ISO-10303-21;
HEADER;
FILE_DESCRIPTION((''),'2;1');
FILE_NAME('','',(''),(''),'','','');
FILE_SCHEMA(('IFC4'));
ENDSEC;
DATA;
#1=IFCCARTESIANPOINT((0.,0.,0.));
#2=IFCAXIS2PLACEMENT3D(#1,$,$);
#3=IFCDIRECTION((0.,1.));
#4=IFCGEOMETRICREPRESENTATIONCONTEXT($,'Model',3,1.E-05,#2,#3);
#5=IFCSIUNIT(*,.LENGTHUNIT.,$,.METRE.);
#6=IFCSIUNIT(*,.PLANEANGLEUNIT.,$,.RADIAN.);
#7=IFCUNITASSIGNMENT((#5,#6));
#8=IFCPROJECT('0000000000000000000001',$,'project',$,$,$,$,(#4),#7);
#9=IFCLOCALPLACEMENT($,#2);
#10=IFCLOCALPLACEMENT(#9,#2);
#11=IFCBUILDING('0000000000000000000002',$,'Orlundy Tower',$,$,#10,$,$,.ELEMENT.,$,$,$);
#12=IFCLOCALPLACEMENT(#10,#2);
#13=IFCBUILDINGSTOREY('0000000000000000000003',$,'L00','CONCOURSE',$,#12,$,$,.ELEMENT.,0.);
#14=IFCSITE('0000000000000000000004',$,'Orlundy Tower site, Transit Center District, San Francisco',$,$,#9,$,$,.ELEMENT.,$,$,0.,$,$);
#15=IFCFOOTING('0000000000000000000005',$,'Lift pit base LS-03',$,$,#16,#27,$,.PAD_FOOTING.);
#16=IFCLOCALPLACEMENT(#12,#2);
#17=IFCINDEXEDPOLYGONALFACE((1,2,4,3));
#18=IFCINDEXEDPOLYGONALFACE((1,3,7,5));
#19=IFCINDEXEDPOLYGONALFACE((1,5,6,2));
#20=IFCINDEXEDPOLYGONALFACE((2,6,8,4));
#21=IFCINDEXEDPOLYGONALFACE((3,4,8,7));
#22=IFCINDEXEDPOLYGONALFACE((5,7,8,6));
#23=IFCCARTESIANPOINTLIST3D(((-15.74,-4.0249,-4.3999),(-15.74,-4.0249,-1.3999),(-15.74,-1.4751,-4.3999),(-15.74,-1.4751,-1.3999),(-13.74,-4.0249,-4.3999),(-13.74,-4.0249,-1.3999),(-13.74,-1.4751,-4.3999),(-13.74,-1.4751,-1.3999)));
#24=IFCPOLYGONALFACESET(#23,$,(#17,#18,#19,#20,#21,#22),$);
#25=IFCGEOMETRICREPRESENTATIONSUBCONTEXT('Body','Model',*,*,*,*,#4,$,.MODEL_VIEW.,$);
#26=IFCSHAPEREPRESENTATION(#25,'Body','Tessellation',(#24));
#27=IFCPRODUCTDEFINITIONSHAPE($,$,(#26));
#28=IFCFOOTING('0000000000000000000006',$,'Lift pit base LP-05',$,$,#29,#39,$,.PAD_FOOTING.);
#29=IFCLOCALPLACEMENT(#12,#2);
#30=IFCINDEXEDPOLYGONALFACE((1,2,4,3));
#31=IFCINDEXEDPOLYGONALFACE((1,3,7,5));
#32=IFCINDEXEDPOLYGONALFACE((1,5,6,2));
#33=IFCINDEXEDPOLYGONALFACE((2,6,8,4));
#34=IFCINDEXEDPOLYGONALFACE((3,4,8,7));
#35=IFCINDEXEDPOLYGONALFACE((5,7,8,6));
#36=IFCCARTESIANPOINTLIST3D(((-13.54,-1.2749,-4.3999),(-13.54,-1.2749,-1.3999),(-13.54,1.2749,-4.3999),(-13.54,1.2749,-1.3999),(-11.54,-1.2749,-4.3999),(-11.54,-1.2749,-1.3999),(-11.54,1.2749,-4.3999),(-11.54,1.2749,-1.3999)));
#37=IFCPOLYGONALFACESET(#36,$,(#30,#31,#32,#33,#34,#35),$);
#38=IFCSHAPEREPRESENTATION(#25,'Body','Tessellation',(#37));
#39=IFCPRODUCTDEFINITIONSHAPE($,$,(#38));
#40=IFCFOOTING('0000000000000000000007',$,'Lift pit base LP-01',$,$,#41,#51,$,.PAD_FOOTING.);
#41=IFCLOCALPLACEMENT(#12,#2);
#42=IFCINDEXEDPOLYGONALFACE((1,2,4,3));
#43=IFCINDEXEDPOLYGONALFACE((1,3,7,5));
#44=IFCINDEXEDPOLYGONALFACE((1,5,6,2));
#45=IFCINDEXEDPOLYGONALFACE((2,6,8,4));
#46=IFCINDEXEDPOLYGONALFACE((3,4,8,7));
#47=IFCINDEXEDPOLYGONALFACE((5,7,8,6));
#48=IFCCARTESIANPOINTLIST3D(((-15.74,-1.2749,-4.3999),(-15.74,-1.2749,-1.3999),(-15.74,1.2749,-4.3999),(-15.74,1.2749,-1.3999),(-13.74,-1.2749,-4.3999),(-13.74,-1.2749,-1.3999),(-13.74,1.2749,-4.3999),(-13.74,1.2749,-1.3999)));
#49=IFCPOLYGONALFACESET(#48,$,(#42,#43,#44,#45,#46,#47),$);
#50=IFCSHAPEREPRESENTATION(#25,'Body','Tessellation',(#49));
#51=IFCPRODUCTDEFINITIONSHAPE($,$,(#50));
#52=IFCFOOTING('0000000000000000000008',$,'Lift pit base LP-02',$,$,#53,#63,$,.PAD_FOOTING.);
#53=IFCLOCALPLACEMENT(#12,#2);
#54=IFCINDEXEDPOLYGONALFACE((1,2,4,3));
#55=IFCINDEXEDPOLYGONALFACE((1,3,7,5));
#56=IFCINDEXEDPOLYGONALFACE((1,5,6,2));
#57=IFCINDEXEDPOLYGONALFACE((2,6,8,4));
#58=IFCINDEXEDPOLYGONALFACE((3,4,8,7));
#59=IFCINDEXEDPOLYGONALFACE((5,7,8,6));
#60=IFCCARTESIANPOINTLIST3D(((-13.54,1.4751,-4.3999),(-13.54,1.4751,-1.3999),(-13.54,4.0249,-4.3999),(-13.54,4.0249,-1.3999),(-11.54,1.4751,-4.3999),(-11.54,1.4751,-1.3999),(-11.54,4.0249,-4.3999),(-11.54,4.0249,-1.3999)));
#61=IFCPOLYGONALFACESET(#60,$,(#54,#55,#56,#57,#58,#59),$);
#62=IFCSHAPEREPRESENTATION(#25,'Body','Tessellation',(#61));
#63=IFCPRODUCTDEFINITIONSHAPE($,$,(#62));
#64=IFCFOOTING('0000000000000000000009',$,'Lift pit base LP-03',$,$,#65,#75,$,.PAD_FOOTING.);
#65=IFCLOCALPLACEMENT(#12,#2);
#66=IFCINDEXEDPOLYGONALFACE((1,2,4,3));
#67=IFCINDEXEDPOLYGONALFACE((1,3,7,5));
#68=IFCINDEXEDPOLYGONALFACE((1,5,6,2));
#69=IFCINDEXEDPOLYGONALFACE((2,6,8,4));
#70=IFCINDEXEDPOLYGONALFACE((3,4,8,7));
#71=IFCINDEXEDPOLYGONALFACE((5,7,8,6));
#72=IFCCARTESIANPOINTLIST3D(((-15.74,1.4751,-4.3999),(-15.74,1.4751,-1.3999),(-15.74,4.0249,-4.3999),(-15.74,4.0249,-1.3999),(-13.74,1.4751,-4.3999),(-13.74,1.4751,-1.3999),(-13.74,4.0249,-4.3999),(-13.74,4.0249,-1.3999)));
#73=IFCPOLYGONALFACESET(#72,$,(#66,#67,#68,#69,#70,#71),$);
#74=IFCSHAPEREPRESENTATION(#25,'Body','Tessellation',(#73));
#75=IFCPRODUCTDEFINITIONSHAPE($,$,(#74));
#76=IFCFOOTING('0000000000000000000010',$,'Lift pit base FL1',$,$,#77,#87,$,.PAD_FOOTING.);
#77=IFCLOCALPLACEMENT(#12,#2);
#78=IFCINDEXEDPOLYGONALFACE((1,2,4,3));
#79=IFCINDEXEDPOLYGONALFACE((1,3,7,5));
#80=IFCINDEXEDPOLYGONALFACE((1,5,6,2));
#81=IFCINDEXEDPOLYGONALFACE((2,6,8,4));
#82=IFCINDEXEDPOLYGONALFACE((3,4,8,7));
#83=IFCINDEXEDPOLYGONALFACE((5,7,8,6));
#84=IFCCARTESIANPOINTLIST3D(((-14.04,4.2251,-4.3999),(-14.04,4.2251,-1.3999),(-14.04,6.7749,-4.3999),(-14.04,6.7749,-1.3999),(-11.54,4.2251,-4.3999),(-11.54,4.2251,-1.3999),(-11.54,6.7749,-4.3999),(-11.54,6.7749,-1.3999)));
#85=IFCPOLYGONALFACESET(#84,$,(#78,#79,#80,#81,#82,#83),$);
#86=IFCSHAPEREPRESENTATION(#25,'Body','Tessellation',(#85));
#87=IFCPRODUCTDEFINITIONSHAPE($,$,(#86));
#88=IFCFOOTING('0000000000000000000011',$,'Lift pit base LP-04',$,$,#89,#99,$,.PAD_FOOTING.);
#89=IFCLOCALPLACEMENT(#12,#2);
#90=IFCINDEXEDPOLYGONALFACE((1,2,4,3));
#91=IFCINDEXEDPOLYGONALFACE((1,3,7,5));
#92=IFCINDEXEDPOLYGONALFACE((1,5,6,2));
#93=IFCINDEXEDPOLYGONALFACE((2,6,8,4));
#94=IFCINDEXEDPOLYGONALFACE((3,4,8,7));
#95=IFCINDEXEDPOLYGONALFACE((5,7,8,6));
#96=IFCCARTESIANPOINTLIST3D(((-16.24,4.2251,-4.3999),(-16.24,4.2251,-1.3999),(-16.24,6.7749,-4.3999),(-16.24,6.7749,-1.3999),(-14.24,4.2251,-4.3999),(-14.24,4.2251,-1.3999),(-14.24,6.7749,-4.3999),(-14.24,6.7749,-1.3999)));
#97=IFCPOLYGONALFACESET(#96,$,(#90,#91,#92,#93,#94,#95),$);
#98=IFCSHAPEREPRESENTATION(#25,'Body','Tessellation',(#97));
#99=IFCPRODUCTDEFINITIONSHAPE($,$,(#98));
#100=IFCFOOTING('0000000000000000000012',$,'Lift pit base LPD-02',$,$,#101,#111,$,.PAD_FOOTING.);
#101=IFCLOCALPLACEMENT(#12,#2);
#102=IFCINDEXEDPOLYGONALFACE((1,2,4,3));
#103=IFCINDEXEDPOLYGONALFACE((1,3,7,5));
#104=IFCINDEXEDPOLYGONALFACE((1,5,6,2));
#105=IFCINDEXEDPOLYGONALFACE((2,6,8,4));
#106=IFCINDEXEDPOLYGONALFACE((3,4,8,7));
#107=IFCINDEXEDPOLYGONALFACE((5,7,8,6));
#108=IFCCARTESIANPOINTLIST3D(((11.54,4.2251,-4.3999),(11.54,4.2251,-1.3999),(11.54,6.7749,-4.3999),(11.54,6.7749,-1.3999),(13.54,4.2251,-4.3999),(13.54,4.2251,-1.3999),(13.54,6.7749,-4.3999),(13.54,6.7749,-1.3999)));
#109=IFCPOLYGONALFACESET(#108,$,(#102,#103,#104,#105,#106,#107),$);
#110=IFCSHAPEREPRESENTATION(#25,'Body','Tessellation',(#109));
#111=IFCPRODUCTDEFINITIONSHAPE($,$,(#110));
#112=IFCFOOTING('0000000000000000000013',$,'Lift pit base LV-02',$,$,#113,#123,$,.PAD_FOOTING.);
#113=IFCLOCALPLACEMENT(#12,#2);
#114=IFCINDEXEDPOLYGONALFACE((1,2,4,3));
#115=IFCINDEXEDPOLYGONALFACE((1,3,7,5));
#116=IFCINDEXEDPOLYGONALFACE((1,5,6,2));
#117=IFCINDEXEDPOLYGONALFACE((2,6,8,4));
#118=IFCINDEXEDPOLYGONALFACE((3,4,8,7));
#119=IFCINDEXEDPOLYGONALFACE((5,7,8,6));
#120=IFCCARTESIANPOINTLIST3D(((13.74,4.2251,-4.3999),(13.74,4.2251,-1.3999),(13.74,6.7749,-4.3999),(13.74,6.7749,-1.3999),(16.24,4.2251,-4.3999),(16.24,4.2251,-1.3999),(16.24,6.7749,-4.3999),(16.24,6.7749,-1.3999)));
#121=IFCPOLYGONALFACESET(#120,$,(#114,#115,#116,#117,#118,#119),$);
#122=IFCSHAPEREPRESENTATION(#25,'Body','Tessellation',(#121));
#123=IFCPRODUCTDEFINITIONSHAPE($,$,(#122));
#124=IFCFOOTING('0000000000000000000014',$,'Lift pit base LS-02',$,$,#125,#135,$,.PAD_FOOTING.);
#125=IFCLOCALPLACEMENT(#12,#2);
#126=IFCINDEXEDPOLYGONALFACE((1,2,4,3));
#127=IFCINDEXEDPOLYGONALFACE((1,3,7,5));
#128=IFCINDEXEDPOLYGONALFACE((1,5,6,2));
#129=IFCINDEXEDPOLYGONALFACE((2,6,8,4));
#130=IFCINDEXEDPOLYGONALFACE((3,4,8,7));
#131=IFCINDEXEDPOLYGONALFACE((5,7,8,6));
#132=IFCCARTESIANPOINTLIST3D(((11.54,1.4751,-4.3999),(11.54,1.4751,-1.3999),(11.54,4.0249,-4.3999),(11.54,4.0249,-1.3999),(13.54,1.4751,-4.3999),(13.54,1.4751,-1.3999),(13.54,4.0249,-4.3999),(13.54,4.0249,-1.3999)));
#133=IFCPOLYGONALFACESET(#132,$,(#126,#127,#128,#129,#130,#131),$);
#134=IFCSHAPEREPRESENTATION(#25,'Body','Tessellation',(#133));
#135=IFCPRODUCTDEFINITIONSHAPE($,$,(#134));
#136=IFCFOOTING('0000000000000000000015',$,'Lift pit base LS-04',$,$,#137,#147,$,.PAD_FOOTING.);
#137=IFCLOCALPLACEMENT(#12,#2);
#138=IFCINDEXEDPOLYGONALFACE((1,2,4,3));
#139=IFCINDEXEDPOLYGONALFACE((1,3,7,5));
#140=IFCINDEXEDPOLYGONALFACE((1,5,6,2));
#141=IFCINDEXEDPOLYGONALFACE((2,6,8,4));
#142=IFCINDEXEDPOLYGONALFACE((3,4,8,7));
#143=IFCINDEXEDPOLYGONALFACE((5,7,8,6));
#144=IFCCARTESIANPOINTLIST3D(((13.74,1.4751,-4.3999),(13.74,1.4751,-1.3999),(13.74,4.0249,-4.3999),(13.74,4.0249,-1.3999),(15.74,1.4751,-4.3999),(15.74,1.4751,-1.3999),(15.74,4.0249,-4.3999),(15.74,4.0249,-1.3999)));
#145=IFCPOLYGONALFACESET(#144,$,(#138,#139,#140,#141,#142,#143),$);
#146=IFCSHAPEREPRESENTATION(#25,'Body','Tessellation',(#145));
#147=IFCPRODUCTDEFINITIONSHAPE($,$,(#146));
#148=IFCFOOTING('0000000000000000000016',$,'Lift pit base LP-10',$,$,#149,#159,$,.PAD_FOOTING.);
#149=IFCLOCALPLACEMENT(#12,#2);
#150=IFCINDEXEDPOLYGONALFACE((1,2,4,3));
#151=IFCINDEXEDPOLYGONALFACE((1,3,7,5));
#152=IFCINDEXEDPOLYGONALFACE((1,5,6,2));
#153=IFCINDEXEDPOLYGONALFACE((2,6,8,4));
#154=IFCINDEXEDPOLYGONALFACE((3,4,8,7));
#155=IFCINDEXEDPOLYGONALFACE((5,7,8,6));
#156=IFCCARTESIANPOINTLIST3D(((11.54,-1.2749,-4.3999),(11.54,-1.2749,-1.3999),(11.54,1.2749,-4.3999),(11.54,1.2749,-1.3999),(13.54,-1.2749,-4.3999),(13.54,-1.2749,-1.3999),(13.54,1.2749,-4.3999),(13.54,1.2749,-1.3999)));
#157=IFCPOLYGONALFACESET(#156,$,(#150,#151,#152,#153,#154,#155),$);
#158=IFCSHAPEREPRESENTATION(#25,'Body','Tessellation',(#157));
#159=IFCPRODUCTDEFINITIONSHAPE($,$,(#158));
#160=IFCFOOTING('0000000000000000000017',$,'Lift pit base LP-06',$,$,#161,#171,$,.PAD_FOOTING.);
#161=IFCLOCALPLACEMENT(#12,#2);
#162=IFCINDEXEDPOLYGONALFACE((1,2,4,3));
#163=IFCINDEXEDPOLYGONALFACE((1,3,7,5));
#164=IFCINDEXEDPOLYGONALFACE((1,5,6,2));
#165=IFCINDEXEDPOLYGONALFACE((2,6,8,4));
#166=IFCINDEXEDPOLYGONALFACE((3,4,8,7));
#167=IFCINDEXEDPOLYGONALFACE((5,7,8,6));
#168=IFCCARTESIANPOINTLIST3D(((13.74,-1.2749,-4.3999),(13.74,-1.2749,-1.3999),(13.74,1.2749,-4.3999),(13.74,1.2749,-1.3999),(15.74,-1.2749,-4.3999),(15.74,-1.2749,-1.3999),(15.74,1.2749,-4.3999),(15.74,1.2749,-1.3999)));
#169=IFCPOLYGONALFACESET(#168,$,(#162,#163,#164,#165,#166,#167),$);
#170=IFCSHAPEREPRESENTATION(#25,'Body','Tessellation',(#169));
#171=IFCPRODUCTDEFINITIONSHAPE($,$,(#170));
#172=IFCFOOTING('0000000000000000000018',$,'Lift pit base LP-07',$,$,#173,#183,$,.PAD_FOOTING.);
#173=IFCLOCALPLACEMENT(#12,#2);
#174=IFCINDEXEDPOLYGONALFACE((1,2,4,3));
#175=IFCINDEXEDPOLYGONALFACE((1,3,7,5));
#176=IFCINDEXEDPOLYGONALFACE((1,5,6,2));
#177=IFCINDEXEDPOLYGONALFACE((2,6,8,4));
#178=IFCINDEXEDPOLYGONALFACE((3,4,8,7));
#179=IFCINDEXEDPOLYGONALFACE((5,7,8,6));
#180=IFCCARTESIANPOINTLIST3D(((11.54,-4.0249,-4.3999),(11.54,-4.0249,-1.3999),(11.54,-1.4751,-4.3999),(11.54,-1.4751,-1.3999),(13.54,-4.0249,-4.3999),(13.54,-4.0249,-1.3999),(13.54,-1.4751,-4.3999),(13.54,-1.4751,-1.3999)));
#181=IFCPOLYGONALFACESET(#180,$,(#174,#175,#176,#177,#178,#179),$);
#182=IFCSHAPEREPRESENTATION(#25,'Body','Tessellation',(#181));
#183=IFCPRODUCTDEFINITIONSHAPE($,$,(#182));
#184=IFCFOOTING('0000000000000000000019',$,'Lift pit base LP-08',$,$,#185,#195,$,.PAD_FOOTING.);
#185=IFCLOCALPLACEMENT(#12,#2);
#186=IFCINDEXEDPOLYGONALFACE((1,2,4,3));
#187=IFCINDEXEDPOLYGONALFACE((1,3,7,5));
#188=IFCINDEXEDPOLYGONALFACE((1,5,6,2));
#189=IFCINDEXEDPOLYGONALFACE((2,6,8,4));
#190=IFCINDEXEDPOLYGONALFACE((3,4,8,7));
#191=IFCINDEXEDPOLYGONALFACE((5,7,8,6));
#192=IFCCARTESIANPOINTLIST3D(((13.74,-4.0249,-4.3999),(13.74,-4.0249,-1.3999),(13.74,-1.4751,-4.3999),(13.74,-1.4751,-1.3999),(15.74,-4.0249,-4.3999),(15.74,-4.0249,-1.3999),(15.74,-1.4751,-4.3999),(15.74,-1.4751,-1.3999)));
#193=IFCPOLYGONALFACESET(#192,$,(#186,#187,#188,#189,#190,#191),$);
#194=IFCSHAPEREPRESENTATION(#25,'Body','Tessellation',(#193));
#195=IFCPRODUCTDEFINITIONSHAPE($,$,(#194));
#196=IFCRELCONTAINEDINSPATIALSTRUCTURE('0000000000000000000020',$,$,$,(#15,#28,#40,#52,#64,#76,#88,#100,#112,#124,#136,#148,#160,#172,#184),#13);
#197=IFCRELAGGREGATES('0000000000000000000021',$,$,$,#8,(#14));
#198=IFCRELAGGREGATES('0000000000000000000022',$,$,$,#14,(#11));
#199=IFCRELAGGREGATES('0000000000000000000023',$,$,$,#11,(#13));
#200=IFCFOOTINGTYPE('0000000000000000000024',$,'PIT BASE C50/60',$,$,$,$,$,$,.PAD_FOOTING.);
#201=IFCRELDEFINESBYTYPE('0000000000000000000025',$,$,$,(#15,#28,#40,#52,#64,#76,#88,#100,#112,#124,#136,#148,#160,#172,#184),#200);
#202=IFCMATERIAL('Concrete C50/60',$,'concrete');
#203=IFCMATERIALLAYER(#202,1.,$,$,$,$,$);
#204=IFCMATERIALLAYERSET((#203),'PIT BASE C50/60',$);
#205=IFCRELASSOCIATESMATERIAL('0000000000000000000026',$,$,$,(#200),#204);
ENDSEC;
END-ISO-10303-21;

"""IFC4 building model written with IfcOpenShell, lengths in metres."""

from ifc_helpers import new_model, si_unit, direction, frame, origin, place, context, subcontext, project, spatial, polyline, outline, extrude, material, layer, layer_set, type_object, element, save


model = new_model("IFC4")

# Units and contexts
model_context = context("Model", 3, precision=1e-05, world=origin(), true_north=direction((0.0, 1.0)))
body_context = subcontext(model_context, "Body", "Model", "MODEL_VIEW")
ifc_project = project(units=[si_unit("LENGTHUNIT", "METRE"), si_unit("PLANEANGLEUNIT", "RADIAN")], contexts=[model_context])

# Site, building, storey
site_placement = place(None, origin())
site = spatial("IfcSite", under=ifc_project, at=site_placement, Name="Orlundy Tower site, Transit Center District, San Francisco", CompositionType="ELEMENT", RefElevation=0.0)
building_placement = place(site_placement, origin())
building = spatial("IfcBuilding", under=site, at=building_placement, Name="Orlundy Tower", CompositionType="ELEMENT")
storey_placement = place(building_placement, origin())
storey = spatial("IfcBuildingStorey", under=building, at=storey_placement, Name="L00", Description="CONCOURSE", CompositionType="ELEMENT", Elevation=0.0)

# Footings
ifc_material_1 = material(Name="Concrete C50/60", Category="concrete")
ifc_layer_1 = layer(ifc_material_1, 1.0)
ifc_layer_set_1 = layer_set([ifc_layer_1], Name="PIT BASE C50/60")
footing_type_1 = type_object("IfcFootingType", Name="PIT BASE C50/60", PredefinedType="PAD_FOOTING", material=ifc_layer_set_1)
footing_1_placement = place(storey_placement, frame((0.0, 0.0, -4.3999)))
element("IfcFooting", 1, at=footing_1_placement, inside=storey, type_object=footing_type_1, Name="Lift pit base LS-03", PredefinedType="PAD_FOOTING", context=body_context, shape_type="SweptSolid", body=[
    extrude(outline(polyline([(-13.74, -4.0249), (-15.74, -4.0249), (-15.74, -1.4751), (-13.74, -1.4751), (-13.74, -4.0249)])), origin(), (0.0, 0.0, 1.0), 3.0),
])
footing_2_placement = place(storey_placement, frame((0.0, 0.0, -4.3999)))
element("IfcFooting", 2, at=footing_2_placement, inside=storey, type_object=footing_type_1, Name="Lift pit base LP-05", PredefinedType="PAD_FOOTING", context=body_context, shape_type="SweptSolid", body=[
    extrude(outline(polyline([(-11.54, -1.2749), (-13.54, -1.2749), (-13.54, 1.2749), (-11.54, 1.2749), (-11.54, -1.2749)])), origin(), (0.0, 0.0, 1.0), 3.0),
])
footing_3_placement = place(storey_placement, frame((0.0, 0.0, -4.3999)))
element("IfcFooting", 3, at=footing_3_placement, inside=storey, type_object=footing_type_1, Name="Lift pit base LP-01", PredefinedType="PAD_FOOTING", context=body_context, shape_type="SweptSolid", body=[
    extrude(outline(polyline([(-13.74, -1.2749), (-15.74, -1.2749), (-15.74, 1.2749), (-13.74, 1.2749), (-13.74, -1.2749)])), origin(), (0.0, 0.0, 1.0), 3.0),
])
footing_4_placement = place(storey_placement, frame((0.0, 0.0, -4.3999)))
element("IfcFooting", 4, at=footing_4_placement, inside=storey, type_object=footing_type_1, Name="Lift pit base LP-02", PredefinedType="PAD_FOOTING", context=body_context, shape_type="SweptSolid", body=[
    extrude(outline(polyline([(-11.54, 1.4751), (-13.54, 1.4751), (-13.54, 4.0249), (-11.54, 4.0249), (-11.54, 1.4751)])), origin(), (0.0, 0.0, 1.0), 3.0),
])
footing_5_placement = place(storey_placement, frame((0.0, 0.0, -4.3999)))
element("IfcFooting", 5, at=footing_5_placement, inside=storey, type_object=footing_type_1, Name="Lift pit base LP-03", PredefinedType="PAD_FOOTING", context=body_context, shape_type="SweptSolid", body=[
    extrude(outline(polyline([(-13.74, 1.4751), (-15.74, 1.4751), (-15.74, 4.0249), (-13.74, 4.0249), (-13.74, 1.4751)])), origin(), (0.0, 0.0, 1.0), 3.0),
])
footing_6_placement = place(storey_placement, frame((0.0, 0.0, -4.3999)))
element("IfcFooting", 6, at=footing_6_placement, inside=storey, type_object=footing_type_1, Name="Lift pit base FL1", PredefinedType="PAD_FOOTING", context=body_context, shape_type="SweptSolid", body=[
    extrude(outline(polyline([(-11.54, 4.2251), (-14.04, 4.2251), (-14.04, 6.7749), (-11.54, 6.7749), (-11.54, 4.2251)])), origin(), (0.0, 0.0, 1.0), 3.0),
])
footing_7_placement = place(storey_placement, frame((0.0, 0.0, -4.3999)))
element("IfcFooting", 7, at=footing_7_placement, inside=storey, type_object=footing_type_1, Name="Lift pit base LP-04", PredefinedType="PAD_FOOTING", context=body_context, shape_type="SweptSolid", body=[
    extrude(outline(polyline([(-14.24, 4.2251), (-16.24, 4.2251), (-16.24, 6.7749), (-14.24, 6.7749), (-14.24, 4.2251)])), origin(), (0.0, 0.0, 1.0), 3.0),
])
footing_8_placement = place(storey_placement, frame((0.0, 0.0, -4.3999)))
element("IfcFooting", 8, at=footing_8_placement, inside=storey, type_object=footing_type_1, Name="Lift pit base LPD-02", PredefinedType="PAD_FOOTING", context=body_context, shape_type="SweptSolid", body=[
    extrude(outline(polyline([(11.54, 6.7749), (13.54, 6.7749), (13.54, 4.2251), (11.54, 4.2251), (11.54, 6.7749)])), origin(), (0.0, 0.0, 1.0), 3.0),
])
footing_9_placement = place(storey_placement, frame((0.0, 0.0, -4.3999)))
element("IfcFooting", 9, at=footing_9_placement, inside=storey, type_object=footing_type_1, Name="Lift pit base LV-02", PredefinedType="PAD_FOOTING", context=body_context, shape_type="SweptSolid", body=[
    extrude(outline(polyline([(13.74, 6.7749), (16.24, 6.7749), (16.24, 4.2251), (13.74, 4.2251), (13.74, 6.7749)])), origin(), (0.0, 0.0, 1.0), 3.0),
])
footing_10_placement = place(storey_placement, frame((0.0, 0.0, -4.3999)))
element("IfcFooting", 10, at=footing_10_placement, inside=storey, type_object=footing_type_1, Name="Lift pit base LS-02", PredefinedType="PAD_FOOTING", context=body_context, shape_type="SweptSolid", body=[
    extrude(outline(polyline([(11.54, 4.0249), (13.54, 4.0249), (13.54, 1.4751), (11.54, 1.4751), (11.54, 4.0249)])), origin(), (0.0, 0.0, 1.0), 3.0),
])
footing_11_placement = place(storey_placement, frame((0.0, 0.0, -4.3999)))
element("IfcFooting", 11, at=footing_11_placement, inside=storey, type_object=footing_type_1, Name="Lift pit base LS-04", PredefinedType="PAD_FOOTING", context=body_context, shape_type="SweptSolid", body=[
    extrude(outline(polyline([(13.74, 4.0249), (15.74, 4.0249), (15.74, 1.4751), (13.74, 1.4751), (13.74, 4.0249)])), origin(), (0.0, 0.0, 1.0), 3.0),
])
footing_12_placement = place(storey_placement, frame((0.0, 0.0, -4.3999)))
element("IfcFooting", 12, at=footing_12_placement, inside=storey, type_object=footing_type_1, Name="Lift pit base LP-10", PredefinedType="PAD_FOOTING", context=body_context, shape_type="SweptSolid", body=[
    extrude(outline(polyline([(11.54, 1.2749), (13.54, 1.2749), (13.54, -1.2749), (11.54, -1.2749), (11.54, 1.2749)])), origin(), (0.0, 0.0, 1.0), 3.0),
])
footing_13_placement = place(storey_placement, frame((0.0, 0.0, -4.3999)))
element("IfcFooting", 13, at=footing_13_placement, inside=storey, type_object=footing_type_1, Name="Lift pit base LP-06", PredefinedType="PAD_FOOTING", context=body_context, shape_type="SweptSolid", body=[
    extrude(outline(polyline([(13.74, 1.2749), (15.74, 1.2749), (15.74, -1.2749), (13.74, -1.2749), (13.74, 1.2749)])), origin(), (0.0, 0.0, 1.0), 3.0),
])
footing_14_placement = place(storey_placement, frame((0.0, 0.0, -4.3999)))
element("IfcFooting", 14, at=footing_14_placement, inside=storey, type_object=footing_type_1, Name="Lift pit base LP-07", PredefinedType="PAD_FOOTING", context=body_context, shape_type="SweptSolid", body=[
    extrude(outline(polyline([(11.54, -1.4751), (13.54, -1.4751), (13.54, -4.0249), (11.54, -4.0249), (11.54, -1.4751)])), origin(), (0.0, 0.0, 1.0), 3.0),
])
footing_15_placement = place(storey_placement, frame((0.0, 0.0, -4.3999)))
element("IfcFooting", 15, at=footing_15_placement, inside=storey, type_object=footing_type_1, Name="Lift pit base LP-08", PredefinedType="PAD_FOOTING", context=body_context, shape_type="SweptSolid", body=[
    extrude(outline(polyline([(13.74, -1.4751), (15.74, -1.4751), (15.74, -4.0249), (13.74, -4.0249), (13.74, -1.4751)])), origin(), (0.0, 0.0, 1.0), 3.0),
])

save(model, "model.ifc")
